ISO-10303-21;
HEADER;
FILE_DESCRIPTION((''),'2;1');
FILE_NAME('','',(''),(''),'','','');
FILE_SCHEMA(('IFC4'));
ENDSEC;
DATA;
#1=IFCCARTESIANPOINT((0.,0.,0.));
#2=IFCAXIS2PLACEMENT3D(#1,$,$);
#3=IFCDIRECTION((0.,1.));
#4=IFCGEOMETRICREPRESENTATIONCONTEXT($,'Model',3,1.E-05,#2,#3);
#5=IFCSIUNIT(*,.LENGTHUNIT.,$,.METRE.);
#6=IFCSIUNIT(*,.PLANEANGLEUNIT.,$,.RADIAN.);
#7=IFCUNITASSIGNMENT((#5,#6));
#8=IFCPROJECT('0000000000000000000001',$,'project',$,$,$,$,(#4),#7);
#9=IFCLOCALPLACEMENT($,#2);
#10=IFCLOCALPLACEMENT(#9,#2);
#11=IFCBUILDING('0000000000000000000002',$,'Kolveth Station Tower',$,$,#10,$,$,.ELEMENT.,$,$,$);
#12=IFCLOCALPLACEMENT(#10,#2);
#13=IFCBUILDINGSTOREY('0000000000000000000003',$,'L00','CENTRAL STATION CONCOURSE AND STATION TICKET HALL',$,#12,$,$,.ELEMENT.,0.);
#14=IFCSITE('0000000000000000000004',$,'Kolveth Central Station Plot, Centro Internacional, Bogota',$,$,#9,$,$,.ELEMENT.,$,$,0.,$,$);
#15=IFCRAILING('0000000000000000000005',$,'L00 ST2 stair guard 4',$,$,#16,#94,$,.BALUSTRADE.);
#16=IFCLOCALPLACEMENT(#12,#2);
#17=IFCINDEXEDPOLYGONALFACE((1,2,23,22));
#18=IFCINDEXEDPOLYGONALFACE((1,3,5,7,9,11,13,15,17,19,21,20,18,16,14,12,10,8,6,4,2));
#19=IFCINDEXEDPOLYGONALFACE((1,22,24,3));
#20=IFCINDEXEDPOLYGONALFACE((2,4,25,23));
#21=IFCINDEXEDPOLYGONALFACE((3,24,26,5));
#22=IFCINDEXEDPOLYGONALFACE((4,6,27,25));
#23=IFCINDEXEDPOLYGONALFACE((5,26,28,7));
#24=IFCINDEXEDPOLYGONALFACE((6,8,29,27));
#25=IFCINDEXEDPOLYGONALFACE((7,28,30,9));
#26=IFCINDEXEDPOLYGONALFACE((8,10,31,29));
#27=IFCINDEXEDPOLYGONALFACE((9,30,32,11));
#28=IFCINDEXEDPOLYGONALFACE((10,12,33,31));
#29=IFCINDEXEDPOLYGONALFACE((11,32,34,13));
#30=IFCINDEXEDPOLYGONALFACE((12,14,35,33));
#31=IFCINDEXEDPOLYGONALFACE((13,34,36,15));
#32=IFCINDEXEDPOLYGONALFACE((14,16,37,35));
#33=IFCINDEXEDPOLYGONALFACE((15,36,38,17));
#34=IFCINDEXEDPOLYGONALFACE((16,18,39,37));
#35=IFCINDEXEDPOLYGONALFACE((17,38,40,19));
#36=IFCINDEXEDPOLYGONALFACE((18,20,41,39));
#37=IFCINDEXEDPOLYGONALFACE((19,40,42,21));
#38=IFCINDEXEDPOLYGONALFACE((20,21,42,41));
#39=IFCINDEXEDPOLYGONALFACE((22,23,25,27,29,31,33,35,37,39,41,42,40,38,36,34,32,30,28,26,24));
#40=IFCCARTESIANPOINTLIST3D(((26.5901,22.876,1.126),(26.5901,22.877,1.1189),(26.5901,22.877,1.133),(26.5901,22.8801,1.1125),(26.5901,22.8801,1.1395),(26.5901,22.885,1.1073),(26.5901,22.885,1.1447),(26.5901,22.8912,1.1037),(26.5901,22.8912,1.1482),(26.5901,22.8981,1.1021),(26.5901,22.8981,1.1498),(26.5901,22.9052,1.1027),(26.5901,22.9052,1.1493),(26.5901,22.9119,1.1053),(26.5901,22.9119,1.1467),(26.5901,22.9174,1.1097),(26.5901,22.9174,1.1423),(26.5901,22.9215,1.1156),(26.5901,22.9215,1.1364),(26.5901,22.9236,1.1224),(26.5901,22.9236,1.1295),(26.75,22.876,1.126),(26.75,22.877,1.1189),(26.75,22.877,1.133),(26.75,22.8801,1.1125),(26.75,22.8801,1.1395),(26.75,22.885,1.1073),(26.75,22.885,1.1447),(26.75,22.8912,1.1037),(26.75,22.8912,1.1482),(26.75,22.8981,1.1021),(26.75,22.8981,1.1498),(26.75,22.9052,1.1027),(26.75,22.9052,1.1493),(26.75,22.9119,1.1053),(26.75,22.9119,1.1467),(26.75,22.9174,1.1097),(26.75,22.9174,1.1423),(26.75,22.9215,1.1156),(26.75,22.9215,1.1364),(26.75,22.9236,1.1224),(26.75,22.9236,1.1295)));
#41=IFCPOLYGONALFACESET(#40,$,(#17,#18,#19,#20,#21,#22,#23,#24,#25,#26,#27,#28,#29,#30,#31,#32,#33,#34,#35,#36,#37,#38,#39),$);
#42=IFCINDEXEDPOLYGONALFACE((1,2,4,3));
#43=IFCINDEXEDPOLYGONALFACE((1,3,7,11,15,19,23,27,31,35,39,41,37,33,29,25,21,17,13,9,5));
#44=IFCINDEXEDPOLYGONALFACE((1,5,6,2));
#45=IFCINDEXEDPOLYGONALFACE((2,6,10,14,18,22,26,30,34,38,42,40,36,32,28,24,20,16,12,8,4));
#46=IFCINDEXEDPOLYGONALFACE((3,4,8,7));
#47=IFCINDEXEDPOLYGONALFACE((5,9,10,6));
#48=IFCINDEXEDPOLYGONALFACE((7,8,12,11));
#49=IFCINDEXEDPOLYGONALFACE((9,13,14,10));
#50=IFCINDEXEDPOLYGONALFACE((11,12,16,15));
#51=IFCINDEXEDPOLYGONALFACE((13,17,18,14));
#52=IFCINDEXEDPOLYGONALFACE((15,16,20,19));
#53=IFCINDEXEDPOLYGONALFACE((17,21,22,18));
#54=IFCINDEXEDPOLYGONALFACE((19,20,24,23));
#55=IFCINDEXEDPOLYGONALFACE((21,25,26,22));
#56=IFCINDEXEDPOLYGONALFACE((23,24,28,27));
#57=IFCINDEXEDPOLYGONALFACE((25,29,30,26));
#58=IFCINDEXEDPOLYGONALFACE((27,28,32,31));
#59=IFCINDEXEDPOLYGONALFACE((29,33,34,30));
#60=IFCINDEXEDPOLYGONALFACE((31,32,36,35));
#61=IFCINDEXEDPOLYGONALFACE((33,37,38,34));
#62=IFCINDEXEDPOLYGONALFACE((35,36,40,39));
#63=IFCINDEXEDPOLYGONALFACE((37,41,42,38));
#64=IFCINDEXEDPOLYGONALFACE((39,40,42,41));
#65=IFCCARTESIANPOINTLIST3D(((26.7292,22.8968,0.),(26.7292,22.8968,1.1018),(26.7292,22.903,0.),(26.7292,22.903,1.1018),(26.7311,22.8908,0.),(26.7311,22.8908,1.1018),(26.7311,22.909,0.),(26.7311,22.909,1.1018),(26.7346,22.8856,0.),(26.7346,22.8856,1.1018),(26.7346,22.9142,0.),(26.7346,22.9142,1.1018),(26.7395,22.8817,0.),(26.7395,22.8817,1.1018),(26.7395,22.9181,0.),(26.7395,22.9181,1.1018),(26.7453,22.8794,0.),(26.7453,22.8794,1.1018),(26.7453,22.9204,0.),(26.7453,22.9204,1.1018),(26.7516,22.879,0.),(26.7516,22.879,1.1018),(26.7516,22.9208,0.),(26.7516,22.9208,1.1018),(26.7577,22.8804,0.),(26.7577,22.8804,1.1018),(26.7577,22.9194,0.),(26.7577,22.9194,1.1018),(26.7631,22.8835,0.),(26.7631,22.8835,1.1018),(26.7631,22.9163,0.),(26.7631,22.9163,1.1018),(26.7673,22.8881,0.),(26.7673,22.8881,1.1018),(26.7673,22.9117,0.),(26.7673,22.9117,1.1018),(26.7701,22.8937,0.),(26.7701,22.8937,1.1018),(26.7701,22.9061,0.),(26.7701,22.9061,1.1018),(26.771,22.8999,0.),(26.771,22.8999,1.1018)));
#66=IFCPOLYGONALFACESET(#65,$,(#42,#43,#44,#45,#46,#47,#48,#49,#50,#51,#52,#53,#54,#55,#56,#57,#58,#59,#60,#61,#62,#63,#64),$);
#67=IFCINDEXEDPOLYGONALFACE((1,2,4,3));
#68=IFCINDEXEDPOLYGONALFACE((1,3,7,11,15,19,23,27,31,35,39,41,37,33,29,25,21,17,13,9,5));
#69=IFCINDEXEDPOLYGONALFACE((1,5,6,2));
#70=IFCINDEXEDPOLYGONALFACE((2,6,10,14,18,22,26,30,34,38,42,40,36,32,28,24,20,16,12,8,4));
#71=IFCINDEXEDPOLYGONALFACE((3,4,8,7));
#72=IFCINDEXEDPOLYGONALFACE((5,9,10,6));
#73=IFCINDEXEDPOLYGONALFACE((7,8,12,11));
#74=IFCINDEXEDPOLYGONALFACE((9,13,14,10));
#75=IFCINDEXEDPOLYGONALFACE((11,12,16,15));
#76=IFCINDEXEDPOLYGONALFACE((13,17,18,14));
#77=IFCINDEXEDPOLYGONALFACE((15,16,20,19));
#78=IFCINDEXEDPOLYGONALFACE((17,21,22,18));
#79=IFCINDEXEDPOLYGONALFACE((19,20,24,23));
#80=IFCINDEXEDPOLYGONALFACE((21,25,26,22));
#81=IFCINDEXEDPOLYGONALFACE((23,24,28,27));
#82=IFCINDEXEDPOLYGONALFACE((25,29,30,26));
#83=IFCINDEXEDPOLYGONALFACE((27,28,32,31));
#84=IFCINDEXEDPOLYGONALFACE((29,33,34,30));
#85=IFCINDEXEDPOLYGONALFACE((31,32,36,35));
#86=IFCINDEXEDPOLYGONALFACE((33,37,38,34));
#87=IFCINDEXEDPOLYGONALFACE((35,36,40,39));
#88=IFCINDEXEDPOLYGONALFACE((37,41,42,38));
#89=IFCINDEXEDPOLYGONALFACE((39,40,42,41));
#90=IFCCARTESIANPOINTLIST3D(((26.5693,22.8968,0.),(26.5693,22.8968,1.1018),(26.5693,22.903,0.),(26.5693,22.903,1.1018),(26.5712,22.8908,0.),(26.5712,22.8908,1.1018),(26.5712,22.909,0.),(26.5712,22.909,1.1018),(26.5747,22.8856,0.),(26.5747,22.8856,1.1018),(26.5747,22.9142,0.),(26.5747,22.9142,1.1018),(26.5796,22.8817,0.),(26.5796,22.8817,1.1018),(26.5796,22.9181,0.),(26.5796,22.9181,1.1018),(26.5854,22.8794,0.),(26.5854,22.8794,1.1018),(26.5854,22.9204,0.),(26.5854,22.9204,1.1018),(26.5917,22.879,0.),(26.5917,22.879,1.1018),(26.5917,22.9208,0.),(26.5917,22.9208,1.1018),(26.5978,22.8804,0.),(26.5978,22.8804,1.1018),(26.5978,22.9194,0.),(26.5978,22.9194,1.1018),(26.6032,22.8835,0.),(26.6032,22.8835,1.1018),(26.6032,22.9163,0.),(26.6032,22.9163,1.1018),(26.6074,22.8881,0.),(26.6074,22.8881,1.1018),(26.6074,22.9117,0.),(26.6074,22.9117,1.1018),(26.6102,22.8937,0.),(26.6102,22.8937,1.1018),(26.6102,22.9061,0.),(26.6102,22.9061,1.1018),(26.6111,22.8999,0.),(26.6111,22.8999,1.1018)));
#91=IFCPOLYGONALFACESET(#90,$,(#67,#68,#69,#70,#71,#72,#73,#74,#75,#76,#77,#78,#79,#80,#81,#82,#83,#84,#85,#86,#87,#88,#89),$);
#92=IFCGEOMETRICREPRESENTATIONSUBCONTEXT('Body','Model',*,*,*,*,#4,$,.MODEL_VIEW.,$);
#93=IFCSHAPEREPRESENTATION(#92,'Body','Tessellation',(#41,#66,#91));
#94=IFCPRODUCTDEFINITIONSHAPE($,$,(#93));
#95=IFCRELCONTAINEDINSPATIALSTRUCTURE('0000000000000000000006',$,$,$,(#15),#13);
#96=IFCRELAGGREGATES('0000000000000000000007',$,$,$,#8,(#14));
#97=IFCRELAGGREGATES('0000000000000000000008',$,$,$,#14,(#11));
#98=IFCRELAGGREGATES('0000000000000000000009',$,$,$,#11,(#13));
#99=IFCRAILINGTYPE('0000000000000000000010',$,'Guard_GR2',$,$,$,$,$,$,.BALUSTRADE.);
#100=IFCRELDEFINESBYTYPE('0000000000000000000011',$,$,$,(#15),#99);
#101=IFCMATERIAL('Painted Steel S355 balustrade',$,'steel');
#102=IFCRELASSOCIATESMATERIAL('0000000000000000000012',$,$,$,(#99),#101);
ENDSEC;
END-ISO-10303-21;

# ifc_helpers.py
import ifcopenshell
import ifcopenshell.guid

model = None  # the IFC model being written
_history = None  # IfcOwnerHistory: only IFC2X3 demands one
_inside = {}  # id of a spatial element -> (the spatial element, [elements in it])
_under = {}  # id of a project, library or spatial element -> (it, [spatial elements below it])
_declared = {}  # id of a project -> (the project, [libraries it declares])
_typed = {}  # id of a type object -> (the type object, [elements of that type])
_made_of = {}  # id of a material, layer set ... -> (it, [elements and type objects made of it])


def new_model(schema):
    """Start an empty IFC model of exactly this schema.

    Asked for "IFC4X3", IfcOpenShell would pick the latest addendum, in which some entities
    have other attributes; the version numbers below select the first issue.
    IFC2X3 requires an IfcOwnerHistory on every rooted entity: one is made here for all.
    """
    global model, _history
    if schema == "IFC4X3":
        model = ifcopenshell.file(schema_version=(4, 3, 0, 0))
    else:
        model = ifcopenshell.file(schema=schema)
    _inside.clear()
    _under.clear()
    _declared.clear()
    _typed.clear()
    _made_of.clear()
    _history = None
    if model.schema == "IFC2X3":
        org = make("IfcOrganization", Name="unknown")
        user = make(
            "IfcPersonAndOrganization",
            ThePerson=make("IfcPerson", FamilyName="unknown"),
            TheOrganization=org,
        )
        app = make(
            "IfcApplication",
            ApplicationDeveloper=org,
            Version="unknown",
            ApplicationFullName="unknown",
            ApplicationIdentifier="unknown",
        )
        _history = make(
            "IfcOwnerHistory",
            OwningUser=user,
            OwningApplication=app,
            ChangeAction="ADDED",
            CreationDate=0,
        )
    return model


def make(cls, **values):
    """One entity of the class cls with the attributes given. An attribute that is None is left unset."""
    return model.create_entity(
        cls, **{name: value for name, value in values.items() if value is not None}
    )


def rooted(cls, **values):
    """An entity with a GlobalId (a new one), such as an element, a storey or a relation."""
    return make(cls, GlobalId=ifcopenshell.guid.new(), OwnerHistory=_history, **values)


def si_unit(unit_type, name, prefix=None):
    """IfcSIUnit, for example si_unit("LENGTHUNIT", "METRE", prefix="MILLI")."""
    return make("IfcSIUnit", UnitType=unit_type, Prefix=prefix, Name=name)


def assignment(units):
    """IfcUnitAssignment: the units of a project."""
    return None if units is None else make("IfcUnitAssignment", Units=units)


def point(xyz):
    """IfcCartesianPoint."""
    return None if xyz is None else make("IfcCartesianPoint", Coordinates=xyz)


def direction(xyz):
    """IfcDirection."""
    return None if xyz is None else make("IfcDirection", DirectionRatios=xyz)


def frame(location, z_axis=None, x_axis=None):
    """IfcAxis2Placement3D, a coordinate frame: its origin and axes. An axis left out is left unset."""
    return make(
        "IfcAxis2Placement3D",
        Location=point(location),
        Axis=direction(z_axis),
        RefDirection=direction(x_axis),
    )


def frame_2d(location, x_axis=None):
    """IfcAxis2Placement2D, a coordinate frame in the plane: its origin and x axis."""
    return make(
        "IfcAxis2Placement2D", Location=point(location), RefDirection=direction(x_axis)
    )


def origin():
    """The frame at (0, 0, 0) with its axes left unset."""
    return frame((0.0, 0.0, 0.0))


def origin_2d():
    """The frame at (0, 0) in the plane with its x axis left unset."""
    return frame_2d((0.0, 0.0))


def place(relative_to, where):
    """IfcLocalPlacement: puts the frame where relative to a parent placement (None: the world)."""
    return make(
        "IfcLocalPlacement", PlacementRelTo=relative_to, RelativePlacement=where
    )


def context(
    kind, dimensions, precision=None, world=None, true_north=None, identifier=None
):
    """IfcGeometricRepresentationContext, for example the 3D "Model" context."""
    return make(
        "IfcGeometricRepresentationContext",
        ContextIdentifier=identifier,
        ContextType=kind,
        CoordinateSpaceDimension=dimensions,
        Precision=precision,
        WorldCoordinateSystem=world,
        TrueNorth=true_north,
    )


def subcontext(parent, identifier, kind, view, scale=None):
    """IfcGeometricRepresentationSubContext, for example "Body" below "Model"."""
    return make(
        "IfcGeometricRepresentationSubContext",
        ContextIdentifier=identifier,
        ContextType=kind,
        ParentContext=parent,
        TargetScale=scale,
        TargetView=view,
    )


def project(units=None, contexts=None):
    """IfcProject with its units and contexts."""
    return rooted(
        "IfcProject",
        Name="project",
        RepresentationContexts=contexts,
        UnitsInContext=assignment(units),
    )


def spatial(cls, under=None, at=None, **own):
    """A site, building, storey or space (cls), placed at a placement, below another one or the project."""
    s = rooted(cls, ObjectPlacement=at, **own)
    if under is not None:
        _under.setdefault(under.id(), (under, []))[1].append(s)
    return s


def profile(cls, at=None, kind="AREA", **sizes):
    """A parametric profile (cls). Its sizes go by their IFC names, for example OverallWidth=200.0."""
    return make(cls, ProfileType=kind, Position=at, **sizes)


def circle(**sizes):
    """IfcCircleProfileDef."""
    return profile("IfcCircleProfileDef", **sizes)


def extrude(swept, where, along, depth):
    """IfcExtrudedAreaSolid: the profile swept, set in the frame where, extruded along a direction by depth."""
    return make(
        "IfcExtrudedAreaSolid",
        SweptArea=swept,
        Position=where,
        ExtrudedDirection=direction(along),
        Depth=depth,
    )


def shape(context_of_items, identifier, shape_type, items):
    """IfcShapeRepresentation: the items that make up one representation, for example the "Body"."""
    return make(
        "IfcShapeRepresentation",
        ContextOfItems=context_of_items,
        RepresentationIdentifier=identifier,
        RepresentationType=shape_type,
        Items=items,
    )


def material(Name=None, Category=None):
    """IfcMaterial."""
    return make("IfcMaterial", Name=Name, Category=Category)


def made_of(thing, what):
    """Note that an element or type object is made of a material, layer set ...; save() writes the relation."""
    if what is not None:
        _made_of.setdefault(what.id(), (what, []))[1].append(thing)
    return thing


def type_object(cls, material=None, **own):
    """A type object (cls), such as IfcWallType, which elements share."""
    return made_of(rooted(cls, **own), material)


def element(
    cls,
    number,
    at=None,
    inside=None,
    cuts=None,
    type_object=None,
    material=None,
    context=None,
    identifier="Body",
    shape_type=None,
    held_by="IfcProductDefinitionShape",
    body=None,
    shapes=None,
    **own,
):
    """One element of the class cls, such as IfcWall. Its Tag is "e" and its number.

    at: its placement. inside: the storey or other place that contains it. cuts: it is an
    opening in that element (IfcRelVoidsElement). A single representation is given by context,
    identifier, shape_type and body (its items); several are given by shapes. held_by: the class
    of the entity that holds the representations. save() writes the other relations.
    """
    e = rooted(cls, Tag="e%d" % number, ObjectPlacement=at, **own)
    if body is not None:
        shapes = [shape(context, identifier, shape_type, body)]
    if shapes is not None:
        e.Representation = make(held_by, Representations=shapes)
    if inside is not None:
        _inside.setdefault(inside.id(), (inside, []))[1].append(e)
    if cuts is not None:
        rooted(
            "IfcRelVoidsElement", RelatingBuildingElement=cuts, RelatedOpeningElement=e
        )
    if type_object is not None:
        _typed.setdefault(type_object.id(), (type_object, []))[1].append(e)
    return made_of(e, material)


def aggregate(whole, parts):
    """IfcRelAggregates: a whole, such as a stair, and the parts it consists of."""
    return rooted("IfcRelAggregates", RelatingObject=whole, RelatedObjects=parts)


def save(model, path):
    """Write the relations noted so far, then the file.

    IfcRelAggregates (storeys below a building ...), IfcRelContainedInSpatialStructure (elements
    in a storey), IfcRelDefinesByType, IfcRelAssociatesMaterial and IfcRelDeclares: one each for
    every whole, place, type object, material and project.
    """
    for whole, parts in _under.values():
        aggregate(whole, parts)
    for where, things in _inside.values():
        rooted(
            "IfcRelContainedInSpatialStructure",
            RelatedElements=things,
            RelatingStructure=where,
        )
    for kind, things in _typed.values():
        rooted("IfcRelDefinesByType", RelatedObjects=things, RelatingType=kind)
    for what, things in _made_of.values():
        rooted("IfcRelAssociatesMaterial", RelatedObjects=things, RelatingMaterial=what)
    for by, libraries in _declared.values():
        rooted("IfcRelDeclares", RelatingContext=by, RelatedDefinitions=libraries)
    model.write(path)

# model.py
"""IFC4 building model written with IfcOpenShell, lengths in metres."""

from ifc_helpers import new_model, si_unit, direction, frame, origin, origin_2d, place, context, subcontext, project, spatial, circle, extrude, material, type_object, element, save


model = new_model("IFC4")

# Units and contexts
model_context = context("Model", 3, precision=1e-05, world=origin(), true_north=direction((0.0, 1.0)))
body_context = subcontext(model_context, "Body", "Model", "MODEL_VIEW")
ifc_project = project(units=[si_unit("LENGTHUNIT", "METRE"), si_unit("PLANEANGLEUNIT", "RADIAN")], contexts=[model_context])

# Site, building, storey
site_placement = place(None, origin())
site = spatial("IfcSite", under=ifc_project, at=site_placement, Name="Kolveth Central Station Plot, Centro Internacional, Bogota", CompositionType="ELEMENT", RefElevation=0.0)
building_placement = place(site_placement, origin())
building = spatial("IfcBuilding", under=site, at=building_placement, Name="Kolveth Station Tower", CompositionType="ELEMENT")
storey_placement = place(building_placement, origin())
storey = spatial("IfcBuildingStorey", under=building, at=storey_placement, Name="L00", Description="CENTRAL STATION CONCOURSE AND STATION TICKET HALL", CompositionType="ELEMENT", Elevation=0.0)

# Railing
ifc_material_1 = material(Name="Painted Steel S355 balustrade", Category="steel")
railing_type_1 = type_object("IfcRailingType", Name="Guard_GR2", PredefinedType="BALUSTRADE", material=ifc_material_1)
railing_1_placement = place(storey_placement, frame((26.75, 22.8999, 0.0)))
element("IfcRailing", 1, at=railing_1_placement, inside=storey, type_object=railing_type_1, Name="L00 ST2 stair guard 4", PredefinedType="BALUSTRADE", context=body_context, shape_type="SweptSolid", body=[
    extrude(circle(Radius=0.0239, at=origin_2d()), frame((0.0, 0.0, 1.126), z_axis=(-1.0, 0.0, 0.0), x_axis=(0.0, -1.0, 0.0)), (0.0, 0.0, 1.0), 0.1599),
    extrude(circle(Radius=0.021, at=origin_2d()), origin(), (0.0, 0.0, 1.0), 1.1018),
    extrude(circle(Radius=0.021, at=origin_2d()), frame((-0.1599, 0.0, 0.0)), (0.0, 0.0, 1.0), 1.1018),
])

save(model, "model.ifc")
